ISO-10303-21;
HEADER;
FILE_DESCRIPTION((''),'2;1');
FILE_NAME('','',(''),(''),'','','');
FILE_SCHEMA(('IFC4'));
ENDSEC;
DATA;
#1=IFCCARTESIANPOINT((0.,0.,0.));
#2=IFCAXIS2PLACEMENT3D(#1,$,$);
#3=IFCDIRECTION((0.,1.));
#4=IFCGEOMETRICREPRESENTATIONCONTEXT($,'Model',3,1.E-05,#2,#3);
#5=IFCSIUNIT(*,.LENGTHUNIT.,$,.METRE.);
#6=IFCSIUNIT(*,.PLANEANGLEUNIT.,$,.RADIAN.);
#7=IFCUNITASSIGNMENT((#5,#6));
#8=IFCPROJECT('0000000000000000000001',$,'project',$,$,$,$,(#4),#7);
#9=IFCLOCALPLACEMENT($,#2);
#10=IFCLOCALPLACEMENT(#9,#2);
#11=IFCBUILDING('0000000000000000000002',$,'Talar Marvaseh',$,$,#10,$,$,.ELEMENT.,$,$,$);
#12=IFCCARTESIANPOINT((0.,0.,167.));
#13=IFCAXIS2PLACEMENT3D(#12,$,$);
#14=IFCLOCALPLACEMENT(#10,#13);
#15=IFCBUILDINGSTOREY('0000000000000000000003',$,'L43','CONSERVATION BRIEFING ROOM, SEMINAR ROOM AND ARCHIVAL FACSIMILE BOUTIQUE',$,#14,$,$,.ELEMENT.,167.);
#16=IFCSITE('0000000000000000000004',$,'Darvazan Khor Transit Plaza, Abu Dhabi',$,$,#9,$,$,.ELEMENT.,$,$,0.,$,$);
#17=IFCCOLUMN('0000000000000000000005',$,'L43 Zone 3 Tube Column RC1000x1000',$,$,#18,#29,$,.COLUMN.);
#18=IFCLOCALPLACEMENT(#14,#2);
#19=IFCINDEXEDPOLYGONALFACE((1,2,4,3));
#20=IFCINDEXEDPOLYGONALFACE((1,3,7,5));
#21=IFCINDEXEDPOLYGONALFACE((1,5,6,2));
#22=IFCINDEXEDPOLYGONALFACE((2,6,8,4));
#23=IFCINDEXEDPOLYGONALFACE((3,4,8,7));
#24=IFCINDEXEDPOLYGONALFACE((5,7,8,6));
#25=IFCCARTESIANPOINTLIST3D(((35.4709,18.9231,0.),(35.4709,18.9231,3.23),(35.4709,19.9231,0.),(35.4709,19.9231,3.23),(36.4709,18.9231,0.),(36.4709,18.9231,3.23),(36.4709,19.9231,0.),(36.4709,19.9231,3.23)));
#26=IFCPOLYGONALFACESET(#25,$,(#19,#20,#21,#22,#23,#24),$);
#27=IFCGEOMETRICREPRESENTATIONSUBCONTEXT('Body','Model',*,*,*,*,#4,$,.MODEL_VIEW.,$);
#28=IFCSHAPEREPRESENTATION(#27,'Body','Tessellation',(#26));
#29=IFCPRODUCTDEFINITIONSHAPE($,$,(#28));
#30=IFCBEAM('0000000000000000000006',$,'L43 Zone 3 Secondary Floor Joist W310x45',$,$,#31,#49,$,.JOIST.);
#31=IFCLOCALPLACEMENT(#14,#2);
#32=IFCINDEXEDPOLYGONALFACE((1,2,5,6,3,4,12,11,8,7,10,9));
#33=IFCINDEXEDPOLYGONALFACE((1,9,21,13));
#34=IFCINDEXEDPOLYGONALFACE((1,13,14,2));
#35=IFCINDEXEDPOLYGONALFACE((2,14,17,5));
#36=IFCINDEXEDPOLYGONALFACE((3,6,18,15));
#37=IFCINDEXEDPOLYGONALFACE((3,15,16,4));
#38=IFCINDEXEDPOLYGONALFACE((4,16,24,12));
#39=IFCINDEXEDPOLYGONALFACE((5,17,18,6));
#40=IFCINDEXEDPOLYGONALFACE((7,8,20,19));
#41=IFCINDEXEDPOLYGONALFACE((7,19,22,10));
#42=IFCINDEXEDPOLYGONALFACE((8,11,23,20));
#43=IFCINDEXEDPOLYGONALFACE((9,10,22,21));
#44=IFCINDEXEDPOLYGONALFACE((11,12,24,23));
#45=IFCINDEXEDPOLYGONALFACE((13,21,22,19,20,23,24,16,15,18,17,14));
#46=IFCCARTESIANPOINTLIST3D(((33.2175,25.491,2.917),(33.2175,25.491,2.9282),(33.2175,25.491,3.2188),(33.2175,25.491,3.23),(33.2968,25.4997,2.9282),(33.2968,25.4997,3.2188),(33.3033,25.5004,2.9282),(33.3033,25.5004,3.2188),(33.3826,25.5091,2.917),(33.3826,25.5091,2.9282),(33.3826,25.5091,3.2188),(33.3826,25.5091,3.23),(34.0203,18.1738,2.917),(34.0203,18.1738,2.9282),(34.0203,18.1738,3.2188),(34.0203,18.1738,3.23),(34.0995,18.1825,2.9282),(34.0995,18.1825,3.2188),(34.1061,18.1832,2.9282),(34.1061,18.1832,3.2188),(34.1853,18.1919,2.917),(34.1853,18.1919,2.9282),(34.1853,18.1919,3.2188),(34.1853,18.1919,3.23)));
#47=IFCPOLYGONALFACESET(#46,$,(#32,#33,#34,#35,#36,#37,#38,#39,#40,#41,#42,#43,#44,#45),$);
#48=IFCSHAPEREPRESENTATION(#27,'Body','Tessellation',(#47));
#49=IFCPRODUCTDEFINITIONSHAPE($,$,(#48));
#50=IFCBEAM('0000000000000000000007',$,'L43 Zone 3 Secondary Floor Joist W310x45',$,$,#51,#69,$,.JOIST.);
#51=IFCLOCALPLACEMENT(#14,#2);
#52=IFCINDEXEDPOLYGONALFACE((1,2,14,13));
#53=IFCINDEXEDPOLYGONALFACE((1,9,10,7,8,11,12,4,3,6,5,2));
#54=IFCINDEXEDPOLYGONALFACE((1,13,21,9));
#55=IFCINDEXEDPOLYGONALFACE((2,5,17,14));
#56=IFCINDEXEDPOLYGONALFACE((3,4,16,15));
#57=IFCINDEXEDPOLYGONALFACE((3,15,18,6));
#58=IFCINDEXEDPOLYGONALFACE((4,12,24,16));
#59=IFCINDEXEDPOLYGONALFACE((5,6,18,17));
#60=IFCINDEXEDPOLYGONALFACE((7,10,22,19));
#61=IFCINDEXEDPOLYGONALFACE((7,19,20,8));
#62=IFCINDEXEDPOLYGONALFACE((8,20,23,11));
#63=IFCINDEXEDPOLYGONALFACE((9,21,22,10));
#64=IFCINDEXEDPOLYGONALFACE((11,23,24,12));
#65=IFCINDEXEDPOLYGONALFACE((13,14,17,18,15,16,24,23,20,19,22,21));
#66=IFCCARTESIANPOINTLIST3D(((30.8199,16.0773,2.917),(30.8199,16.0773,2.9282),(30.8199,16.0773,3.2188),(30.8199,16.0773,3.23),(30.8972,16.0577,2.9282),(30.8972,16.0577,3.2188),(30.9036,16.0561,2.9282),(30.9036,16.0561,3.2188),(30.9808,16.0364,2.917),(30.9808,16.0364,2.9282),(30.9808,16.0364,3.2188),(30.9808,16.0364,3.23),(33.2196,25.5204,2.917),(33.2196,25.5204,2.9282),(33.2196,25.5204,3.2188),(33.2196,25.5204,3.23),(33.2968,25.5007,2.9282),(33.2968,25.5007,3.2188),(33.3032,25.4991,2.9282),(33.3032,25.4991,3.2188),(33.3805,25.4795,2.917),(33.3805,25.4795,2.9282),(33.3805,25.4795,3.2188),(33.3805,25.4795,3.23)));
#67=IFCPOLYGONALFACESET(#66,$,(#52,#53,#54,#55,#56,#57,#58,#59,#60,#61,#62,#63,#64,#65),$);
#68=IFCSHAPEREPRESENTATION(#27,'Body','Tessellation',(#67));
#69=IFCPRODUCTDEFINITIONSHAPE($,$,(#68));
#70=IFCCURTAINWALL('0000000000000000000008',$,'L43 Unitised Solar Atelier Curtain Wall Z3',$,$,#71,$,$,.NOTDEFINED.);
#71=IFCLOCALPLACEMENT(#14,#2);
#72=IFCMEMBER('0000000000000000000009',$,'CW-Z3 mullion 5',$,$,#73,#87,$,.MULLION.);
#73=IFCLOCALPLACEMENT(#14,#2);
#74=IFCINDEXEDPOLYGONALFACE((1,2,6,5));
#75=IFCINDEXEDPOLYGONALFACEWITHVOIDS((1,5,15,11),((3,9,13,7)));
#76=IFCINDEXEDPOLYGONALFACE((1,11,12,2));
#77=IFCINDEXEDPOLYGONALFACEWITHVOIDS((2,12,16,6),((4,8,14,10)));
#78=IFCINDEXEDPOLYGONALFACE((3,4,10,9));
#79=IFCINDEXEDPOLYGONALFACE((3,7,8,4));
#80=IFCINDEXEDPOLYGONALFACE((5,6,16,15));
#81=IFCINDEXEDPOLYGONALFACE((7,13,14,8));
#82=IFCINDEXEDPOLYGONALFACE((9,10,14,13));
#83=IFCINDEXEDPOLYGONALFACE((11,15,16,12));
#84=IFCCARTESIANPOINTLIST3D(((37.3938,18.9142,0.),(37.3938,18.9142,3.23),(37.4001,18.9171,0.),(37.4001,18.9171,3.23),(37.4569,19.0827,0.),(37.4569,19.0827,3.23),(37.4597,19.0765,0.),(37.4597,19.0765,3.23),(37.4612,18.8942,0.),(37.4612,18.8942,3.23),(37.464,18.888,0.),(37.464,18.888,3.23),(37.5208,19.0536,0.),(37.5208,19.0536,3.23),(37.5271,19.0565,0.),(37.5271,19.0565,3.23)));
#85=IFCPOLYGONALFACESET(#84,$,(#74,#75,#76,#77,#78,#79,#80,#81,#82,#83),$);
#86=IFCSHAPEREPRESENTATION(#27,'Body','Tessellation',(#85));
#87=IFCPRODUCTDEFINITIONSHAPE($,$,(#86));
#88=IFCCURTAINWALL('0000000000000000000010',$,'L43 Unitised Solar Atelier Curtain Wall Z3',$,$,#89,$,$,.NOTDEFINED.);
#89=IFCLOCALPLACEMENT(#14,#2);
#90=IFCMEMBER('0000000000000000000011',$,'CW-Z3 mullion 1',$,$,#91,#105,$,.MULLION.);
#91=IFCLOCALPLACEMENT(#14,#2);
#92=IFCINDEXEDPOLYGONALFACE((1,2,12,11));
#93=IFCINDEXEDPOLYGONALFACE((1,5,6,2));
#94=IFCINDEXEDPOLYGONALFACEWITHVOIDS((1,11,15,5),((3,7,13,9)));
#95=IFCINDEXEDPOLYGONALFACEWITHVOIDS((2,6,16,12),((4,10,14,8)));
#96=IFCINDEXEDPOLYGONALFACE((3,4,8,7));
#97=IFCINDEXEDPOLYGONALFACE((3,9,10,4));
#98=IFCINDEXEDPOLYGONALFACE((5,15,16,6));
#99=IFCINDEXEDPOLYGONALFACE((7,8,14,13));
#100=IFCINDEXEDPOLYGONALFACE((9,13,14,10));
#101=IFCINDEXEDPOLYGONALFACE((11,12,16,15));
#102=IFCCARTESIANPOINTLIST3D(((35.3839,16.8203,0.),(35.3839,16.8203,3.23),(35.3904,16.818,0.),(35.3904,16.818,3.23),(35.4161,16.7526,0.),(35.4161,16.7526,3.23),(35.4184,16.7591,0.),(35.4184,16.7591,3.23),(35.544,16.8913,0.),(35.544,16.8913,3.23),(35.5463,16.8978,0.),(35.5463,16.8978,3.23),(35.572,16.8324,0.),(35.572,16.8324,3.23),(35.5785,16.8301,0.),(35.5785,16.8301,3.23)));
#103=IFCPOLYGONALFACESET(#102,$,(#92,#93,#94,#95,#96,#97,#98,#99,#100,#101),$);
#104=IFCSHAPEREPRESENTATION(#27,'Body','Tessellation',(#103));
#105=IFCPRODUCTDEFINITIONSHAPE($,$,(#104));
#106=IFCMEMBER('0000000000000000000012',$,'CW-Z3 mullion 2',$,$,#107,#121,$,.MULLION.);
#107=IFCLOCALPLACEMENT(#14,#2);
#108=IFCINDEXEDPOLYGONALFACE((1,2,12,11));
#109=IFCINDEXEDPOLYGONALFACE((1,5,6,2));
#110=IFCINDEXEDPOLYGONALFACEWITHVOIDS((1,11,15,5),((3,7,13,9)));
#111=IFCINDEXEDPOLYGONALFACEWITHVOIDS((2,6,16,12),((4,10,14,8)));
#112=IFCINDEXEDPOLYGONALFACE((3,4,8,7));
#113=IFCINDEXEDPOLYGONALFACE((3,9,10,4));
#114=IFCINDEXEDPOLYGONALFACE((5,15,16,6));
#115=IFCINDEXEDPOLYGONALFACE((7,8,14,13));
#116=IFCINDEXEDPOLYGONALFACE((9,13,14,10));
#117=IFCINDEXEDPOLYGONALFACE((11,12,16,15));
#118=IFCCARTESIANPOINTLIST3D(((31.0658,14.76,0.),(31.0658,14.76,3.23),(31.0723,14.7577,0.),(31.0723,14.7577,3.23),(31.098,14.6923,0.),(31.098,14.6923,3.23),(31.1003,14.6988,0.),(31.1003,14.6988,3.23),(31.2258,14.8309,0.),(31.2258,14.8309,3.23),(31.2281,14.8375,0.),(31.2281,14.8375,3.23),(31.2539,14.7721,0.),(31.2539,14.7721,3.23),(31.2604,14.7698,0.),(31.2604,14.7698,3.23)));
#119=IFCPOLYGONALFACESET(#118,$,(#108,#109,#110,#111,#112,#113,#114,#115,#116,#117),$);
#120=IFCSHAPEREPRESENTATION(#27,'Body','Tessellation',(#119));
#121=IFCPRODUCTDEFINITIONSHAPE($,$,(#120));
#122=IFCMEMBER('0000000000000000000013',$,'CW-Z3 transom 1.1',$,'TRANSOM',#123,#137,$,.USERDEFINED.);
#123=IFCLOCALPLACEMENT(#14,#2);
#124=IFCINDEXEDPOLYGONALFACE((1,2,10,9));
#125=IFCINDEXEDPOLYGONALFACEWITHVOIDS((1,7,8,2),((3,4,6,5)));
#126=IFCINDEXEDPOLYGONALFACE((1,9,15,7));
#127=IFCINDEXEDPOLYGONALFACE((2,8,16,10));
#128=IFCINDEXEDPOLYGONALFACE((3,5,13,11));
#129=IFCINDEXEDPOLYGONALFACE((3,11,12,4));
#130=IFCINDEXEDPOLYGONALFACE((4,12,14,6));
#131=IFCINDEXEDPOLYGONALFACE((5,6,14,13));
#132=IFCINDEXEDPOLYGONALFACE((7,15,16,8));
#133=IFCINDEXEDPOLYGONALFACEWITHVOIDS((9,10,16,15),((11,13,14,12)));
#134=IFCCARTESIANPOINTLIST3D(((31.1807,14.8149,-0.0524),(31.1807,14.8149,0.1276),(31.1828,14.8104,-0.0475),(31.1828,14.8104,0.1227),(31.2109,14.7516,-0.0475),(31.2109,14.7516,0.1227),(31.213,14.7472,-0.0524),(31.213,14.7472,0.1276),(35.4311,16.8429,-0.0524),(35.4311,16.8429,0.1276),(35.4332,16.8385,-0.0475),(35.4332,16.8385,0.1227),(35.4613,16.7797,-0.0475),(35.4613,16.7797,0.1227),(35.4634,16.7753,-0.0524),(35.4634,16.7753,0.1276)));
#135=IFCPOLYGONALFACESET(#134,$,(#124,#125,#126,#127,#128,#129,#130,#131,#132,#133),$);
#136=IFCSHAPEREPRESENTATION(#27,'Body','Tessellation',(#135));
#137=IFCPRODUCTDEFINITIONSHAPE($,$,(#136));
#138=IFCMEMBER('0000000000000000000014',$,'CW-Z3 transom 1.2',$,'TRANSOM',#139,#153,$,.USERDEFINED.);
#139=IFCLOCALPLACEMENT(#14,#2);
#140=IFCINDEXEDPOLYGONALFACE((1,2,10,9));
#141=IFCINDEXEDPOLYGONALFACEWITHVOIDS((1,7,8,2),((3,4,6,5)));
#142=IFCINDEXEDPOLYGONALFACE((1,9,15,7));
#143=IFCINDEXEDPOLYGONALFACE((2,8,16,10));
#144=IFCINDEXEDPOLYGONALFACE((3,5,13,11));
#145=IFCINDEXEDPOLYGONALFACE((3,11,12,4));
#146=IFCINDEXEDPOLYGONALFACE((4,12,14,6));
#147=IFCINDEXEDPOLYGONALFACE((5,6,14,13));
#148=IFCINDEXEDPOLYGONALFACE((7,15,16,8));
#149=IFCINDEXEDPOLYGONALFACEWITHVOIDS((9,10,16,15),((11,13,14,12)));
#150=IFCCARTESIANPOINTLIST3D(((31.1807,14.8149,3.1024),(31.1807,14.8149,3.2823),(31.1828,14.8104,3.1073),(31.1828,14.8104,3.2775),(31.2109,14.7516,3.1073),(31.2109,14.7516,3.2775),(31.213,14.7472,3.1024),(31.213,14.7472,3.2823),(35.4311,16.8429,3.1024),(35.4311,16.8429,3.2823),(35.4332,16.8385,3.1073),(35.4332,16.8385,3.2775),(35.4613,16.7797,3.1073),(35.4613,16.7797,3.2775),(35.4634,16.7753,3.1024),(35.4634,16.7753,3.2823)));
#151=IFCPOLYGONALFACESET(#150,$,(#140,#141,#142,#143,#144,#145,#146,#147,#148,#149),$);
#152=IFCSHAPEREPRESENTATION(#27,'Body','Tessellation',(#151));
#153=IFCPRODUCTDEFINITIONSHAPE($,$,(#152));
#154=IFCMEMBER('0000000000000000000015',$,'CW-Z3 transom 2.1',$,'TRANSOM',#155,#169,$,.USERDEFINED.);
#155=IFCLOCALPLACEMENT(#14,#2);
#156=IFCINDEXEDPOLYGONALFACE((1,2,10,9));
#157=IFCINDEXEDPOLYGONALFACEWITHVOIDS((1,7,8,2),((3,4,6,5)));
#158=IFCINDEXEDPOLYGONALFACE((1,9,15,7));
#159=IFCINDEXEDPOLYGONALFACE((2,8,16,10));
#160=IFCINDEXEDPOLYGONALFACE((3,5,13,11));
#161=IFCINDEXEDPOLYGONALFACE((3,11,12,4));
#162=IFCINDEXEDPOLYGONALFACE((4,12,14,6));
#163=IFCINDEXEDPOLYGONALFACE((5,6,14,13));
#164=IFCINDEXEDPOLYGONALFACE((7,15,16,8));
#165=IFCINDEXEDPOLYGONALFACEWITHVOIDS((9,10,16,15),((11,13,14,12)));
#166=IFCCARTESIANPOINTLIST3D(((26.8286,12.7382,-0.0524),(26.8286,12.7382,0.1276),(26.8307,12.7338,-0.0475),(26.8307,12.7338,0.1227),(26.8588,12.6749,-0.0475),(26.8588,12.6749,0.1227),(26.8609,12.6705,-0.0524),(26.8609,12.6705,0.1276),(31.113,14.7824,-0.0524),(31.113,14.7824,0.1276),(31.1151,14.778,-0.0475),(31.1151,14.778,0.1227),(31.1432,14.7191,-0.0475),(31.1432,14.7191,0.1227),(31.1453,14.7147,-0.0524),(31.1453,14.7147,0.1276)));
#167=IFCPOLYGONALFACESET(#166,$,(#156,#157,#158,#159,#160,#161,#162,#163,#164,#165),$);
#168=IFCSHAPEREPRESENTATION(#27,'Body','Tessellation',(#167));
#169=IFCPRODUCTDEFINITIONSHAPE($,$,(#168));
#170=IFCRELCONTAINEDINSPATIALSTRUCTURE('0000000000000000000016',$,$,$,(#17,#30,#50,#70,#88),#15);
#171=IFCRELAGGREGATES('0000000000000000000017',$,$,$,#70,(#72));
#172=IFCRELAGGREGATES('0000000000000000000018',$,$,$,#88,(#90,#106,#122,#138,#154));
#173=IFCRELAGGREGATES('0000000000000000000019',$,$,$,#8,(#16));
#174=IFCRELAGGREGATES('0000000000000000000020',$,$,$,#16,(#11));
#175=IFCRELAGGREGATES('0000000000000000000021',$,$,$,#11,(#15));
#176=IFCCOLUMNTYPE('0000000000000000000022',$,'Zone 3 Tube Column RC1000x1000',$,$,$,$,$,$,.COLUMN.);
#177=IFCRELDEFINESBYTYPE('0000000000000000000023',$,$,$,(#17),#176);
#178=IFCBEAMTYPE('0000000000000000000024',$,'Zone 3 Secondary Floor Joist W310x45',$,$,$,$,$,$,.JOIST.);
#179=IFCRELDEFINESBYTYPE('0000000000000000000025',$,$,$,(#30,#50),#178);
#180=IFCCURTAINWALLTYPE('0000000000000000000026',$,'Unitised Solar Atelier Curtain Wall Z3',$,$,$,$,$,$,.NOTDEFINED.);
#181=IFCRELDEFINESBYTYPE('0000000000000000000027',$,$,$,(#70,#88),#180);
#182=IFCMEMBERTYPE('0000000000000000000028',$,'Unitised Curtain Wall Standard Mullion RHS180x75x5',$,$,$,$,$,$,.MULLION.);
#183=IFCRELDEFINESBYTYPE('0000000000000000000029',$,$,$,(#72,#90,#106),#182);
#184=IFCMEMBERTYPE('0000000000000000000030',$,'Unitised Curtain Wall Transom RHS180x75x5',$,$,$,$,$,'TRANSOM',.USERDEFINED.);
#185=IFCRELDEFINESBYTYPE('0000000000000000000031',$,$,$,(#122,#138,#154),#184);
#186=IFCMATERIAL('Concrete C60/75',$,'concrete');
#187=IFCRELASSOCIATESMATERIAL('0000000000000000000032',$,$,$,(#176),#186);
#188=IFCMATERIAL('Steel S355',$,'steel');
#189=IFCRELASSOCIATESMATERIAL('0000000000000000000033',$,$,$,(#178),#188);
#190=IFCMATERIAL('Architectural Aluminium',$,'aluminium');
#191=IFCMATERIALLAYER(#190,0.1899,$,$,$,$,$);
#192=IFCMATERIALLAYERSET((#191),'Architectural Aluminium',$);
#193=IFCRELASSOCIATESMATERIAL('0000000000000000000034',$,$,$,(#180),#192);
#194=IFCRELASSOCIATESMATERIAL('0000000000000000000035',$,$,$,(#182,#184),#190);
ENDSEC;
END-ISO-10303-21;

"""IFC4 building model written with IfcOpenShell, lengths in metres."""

from ifc_helpers import new_model, si_unit, direction, frame, origin, origin_2d, place, context, subcontext, project, spatial, rectangle, hollow_rectangle, i_section, extrude, source, transform, mapped, material, layer, layer_set, material_profile, profile_set, type_object, type_shapes, element, aggregate, save


model = new_model("IFC4")

# Units and contexts
model_context = context("Model", 3, precision=1e-05, world=origin(), true_north=direction((0.0, 1.0)))
body_context = subcontext(model_context, "Body", "Model", "MODEL_VIEW")
ifc_project = project(units=[si_unit("LENGTHUNIT", "METRE"), si_unit("PLANEANGLEUNIT", "RADIAN")], contexts=[model_context])

# Site, building, storey
site_placement = place(None, origin())
site = spatial("IfcSite", under=ifc_project, at=site_placement, Name="Darvazan Khor Transit Plaza, Abu Dhabi", CompositionType="ELEMENT", RefElevation=0.0)
building_placement = place(site_placement, origin())
building = spatial("IfcBuilding", under=site, at=building_placement, Name="Talar Marvaseh", CompositionType="ELEMENT")
storey_placement = place(building_placement, frame((0.0, 0.0, 167.0)))
storey = spatial("IfcBuildingStorey", under=building, at=storey_placement, Name="L43", Description="CONSERVATION BRIEFING ROOM, SEMINAR ROOM AND ARCHIVAL FACSIMILE BOUTIQUE", CompositionType="ELEMENT", Elevation=167.0)

# Column
ifc_material_1 = material(Name="Concrete C60/75", Category="concrete")
ifc_material_profile_1 = material_profile(ifc_material_1, rectangle(XDim=1.0, YDim=1.0, at=origin_2d()), Name="RC1000x1000")
ifc_profile_set_1 = profile_set([ifc_material_profile_1], Name="Concrete C60/75")
column_type = type_object("IfcColumnType", Name="Zone 3 Tube Column RC1000x1000", PredefinedType="COLUMN", material=ifc_profile_set_1)
column_placement = place(storey_placement, frame((35.9709, 19.4231, 0.0), z_axis=(0.0, 0.0, 1.0), x_axis=(1.0, 0.0, 0.0)))
element("IfcColumn", 1, at=column_placement, inside=storey, type_object=column_type, Name="L43 Zone 3 Tube Column RC1000x1000", PredefinedType="COLUMN", context=body_context, shape_type="SweptSolid", body=[
    extrude(rectangle(XDim=1.0, YDim=1.0, at=origin_2d()), origin(), (0.0, 0.0, 1.0), 3.23),
])

# Beams
ifc_material_2 = material(Name="Steel S355", Category="steel")
ifc_material_profile_2 = material_profile(ifc_material_2, i_section(OverallWidth=0.166, OverallDepth=0.313, WebThickness=0.0066, FlangeThickness=0.0112, at=origin_2d()), Name="W310x45")
ifc_profile_set_2 = profile_set([ifc_material_profile_2], Name="Steel S355")
beam_type = type_object("IfcBeamType", Name="Zone 3 Secondary Floor Joist W310x45", PredefinedType="JOIST", material=ifc_profile_set_2)
beam_1_placement = place(storey_placement, frame((34.1028, 18.1829, 3.0735), z_axis=(-0.109052, 0.994036, 0.0), x_axis=(-0.994036, -0.109052, 0.0)))
element("IfcBeam", 2, at=beam_1_placement, inside=storey, type_object=beam_type, Name="L43 Zone 3 Secondary Floor Joist W310x45", PredefinedType="JOIST", context=body_context, shape_type="SweptSolid", body=[
    extrude(i_section(OverallWidth=0.166, OverallDepth=0.313, WebThickness=0.0066, FlangeThickness=0.0112, at=origin_2d()), origin(), (0.0, 0.0, 1.0), 7.3611),
])
beam_2_placement = place(storey_placement, frame((30.9004, 16.0569, 3.0735), z_axis=(0.246289, 0.969196, 0.0), x_axis=(-0.969196, 0.246289, 0.0)))
element("IfcBeam", 3, at=beam_2_placement, inside=storey, type_object=beam_type, Name="L43 Zone 3 Secondary Floor Joist W310x45", PredefinedType="JOIST", context=body_context, shape_type="SweptSolid", body=[
    extrude(i_section(OverallWidth=0.166, OverallDepth=0.313, WebThickness=0.0066, FlangeThickness=0.0112, at=origin_2d()), origin(), (0.0, 0.0, 1.0), 9.7432),
])

# Curtain wall, member
ifc_material_3 = material(Name="Architectural Aluminium", Category="aluminium")
ifc_layer_1 = layer(ifc_material_3, 0.1899)
ifc_layer_set_1 = layer_set([ifc_layer_1], Name="Architectural Aluminium")
curtain_wall_type = type_object("IfcCurtainWallType", Name="Unitised Solar Atelier Curtain Wall Z3", PredefinedType="NOTDEFINED", material=ifc_layer_set_1)
curtain_wall_1_placement = place(storey_placement, origin())
curtain_wall_1 = element("IfcCurtainWall", 4, at=curtain_wall_1_placement, inside=storey, type_object=curtain_wall_type, Name="L43 Unitised Solar Atelier Curtain Wall Z3", PredefinedType="NOTDEFINED")
ifc_material_profile_3 = material_profile(ifc_material_3, hollow_rectangle(XDim=0.075, YDim=0.1799, WallThickness=0.0049, at=origin_2d()), Name="RHS180x75x5")
ifc_profile_set_3 = profile_set([ifc_material_profile_3], Name="Architectural Aluminium")
member_type_1 = type_object("IfcMemberType", Name="Unitised Curtain Wall Standard Mullion RHS180x75x5", PredefinedType="MULLION", material=ifc_profile_set_3)
shared_shape_1 = source(origin(), body_context, "Body", "SweptSolid", [
    extrude(hollow_rectangle(XDim=0.075, YDim=0.1799, WallThickness=0.0049, at=origin_2d()), origin(), (0.0, 0.0, 1.0), 3.23),
])
type_shapes(member_type_1, [shared_shape_1])
member_1_placement = place(storey_placement, frame((37.4604, 18.9854, 0.0), z_axis=(0.0, 0.0, 1.0), x_axis=(0.936617, -0.350355, 0.0)))
member_1 = element("IfcMember", 5, at=member_1_placement, type_object=member_type_1, Name="CW-Z3 mullion 5", PredefinedType="MULLION", context=body_context, shape_type="MappedRepresentation", body=[
    mapped(shared_shape_1, transform((0.0, 0.0, 0.0), x_axis=(1.0, 0.0, 0.0), y_axis=(0.0, 1.0, 0.0), z_axis=(0.0, 0.0, 1.0), scale=1.0)),
])
aggregate(curtain_wall_1, [member_1])

# Curtain wall, members
curtain_wall_2_placement = place(storey_placement, origin())
curtain_wall_2 = element("IfcCurtainWall", 6, at=curtain_wall_2_placement, inside=storey, type_object=curtain_wall_type, Name="L43 Unitised Solar Atelier Curtain Wall Z3", PredefinedType="NOTDEFINED")
member_2_placement = place(storey_placement, frame((35.4812, 16.8252, 0.0), z_axis=(0.0, 0.0, 1.0), x_axis=(0.430651, -0.902519, 0.0)))
member_2 = element("IfcMember", 7, at=member_2_placement, type_object=member_type_1, Name="CW-Z3 mullion 1", PredefinedType="MULLION", context=body_context, shape_type="MappedRepresentation", body=[
    mapped(shared_shape_1, transform((0.0, 0.0, 0.0), x_axis=(1.0, 0.0, 0.0), y_axis=(0.0, 1.0, 0.0), z_axis=(0.0, 0.0, 1.0), scale=1.0)),
])
member_3_placement = place(storey_placement, frame((31.1631, 14.7649, 0.0), z_axis=(0.0, 0.0, 1.0), x_axis=(0.430651, -0.902519, 0.0)))
member_3 = element("IfcMember", 8, at=member_3_placement, type_object=member_type_1, Name="CW-Z3 mullion 2", PredefinedType="MULLION", context=body_context, shape_type="MappedRepresentation", body=[
    mapped(shared_shape_1, transform((0.0, 0.0, 0.0), x_axis=(1.0, 0.0, 0.0), y_axis=(0.0, 1.0, 0.0), z_axis=(0.0, 0.0, 1.0), scale=1.0)),
])
ifc_material_profile_4 = material_profile(ifc_material_3, hollow_rectangle(XDim=0.075, YDim=0.1799, WallThickness=0.0049, at=origin_2d()), Name="RHS180x75x5")
ifc_profile_set_4 = profile_set([ifc_material_profile_4], Name="Architectural Aluminium")
member_type_2 = type_object("IfcMemberType", Name="Unitised Curtain Wall Transom RHS180x75x5", ElementType="TRANSOM", PredefinedType="USERDEFINED", material=ifc_profile_set_4)
shared_shape_2 = source(origin(), body_context, "Body", "SweptSolid", [
    extrude(hollow_rectangle(XDim=0.075, YDim=0.1799, WallThickness=0.0049, at=origin_2d()), origin(), (0.0, 0.0, 1.0), 4.7095),
])
member_4_placement = place(storey_placement, frame((35.4473, 16.8091, 0.0376), z_axis=(-0.902528, -0.430632, 0.0), x_axis=(0.430632, -0.902528, 0.0)))
member_4 = element("IfcMember", 9, at=member_4_placement, type_object=member_type_2, Name="CW-Z3 transom 1.1", ObjectType="TRANSOM", PredefinedType="USERDEFINED", context=body_context, shape_type="MappedRepresentation", body=[
    mapped(shared_shape_2, transform((0.0, 0.0, 0.0), x_axis=(1.0, 0.0, 0.0), y_axis=(0.0, 1.0, 0.0), z_axis=(0.0, 0.0, 1.0), scale=1.0)),
])
member_5_placement = place(storey_placement, frame((35.4473, 16.8091, 3.1924), z_axis=(-0.902528, -0.430632, 0.0), x_axis=(0.430632, -0.902528, 0.0)))
member_5 = element("IfcMember", 10, at=member_5_placement, type_object=member_type_2, Name="CW-Z3 transom 1.2", ObjectType="TRANSOM", PredefinedType="USERDEFINED", context=body_context, shape_type="MappedRepresentation", body=[
    mapped(shared_shape_2, transform((0.0, 0.0, 0.0), x_axis=(1.0, 0.0, 0.0), y_axis=(0.0, 1.0, 0.0), z_axis=(0.0, 0.0, 1.0), scale=1.0)),
])
shared_shape_3 = source(origin(), body_context, "Body", "SweptSolid", [
    extrude(hollow_rectangle(XDim=0.075, YDim=0.1799, WallThickness=0.0049, at=origin_2d()), origin(), (0.0, 0.0, 1.0), 4.7471),
])
type_shapes(member_type_2, [shared_shape_2, shared_shape_3])
member_6_placement = place(storey_placement, frame((31.1292, 14.7485, 0.0376), z_axis=(-0.902534, -0.430618, 0.0), x_axis=(0.430618, -0.902534, 0.0)))
member_6 = element("IfcMember", 11, at=member_6_placement, type_object=member_type_2, Name="CW-Z3 transom 2.1", ObjectType="TRANSOM", PredefinedType="USERDEFINED", context=body_context, shape_type="MappedRepresentation", body=[
    mapped(shared_shape_3, transform((0.0, 0.0, 0.0), x_axis=(1.0, 0.0, 0.0), y_axis=(0.0, 1.0, 0.0), z_axis=(0.0, 0.0, 1.0), scale=1.0)),
])
aggregate(curtain_wall_2, [member_2, member_3, member_4, member_5, member_6])

save(model, "model.ifc")
